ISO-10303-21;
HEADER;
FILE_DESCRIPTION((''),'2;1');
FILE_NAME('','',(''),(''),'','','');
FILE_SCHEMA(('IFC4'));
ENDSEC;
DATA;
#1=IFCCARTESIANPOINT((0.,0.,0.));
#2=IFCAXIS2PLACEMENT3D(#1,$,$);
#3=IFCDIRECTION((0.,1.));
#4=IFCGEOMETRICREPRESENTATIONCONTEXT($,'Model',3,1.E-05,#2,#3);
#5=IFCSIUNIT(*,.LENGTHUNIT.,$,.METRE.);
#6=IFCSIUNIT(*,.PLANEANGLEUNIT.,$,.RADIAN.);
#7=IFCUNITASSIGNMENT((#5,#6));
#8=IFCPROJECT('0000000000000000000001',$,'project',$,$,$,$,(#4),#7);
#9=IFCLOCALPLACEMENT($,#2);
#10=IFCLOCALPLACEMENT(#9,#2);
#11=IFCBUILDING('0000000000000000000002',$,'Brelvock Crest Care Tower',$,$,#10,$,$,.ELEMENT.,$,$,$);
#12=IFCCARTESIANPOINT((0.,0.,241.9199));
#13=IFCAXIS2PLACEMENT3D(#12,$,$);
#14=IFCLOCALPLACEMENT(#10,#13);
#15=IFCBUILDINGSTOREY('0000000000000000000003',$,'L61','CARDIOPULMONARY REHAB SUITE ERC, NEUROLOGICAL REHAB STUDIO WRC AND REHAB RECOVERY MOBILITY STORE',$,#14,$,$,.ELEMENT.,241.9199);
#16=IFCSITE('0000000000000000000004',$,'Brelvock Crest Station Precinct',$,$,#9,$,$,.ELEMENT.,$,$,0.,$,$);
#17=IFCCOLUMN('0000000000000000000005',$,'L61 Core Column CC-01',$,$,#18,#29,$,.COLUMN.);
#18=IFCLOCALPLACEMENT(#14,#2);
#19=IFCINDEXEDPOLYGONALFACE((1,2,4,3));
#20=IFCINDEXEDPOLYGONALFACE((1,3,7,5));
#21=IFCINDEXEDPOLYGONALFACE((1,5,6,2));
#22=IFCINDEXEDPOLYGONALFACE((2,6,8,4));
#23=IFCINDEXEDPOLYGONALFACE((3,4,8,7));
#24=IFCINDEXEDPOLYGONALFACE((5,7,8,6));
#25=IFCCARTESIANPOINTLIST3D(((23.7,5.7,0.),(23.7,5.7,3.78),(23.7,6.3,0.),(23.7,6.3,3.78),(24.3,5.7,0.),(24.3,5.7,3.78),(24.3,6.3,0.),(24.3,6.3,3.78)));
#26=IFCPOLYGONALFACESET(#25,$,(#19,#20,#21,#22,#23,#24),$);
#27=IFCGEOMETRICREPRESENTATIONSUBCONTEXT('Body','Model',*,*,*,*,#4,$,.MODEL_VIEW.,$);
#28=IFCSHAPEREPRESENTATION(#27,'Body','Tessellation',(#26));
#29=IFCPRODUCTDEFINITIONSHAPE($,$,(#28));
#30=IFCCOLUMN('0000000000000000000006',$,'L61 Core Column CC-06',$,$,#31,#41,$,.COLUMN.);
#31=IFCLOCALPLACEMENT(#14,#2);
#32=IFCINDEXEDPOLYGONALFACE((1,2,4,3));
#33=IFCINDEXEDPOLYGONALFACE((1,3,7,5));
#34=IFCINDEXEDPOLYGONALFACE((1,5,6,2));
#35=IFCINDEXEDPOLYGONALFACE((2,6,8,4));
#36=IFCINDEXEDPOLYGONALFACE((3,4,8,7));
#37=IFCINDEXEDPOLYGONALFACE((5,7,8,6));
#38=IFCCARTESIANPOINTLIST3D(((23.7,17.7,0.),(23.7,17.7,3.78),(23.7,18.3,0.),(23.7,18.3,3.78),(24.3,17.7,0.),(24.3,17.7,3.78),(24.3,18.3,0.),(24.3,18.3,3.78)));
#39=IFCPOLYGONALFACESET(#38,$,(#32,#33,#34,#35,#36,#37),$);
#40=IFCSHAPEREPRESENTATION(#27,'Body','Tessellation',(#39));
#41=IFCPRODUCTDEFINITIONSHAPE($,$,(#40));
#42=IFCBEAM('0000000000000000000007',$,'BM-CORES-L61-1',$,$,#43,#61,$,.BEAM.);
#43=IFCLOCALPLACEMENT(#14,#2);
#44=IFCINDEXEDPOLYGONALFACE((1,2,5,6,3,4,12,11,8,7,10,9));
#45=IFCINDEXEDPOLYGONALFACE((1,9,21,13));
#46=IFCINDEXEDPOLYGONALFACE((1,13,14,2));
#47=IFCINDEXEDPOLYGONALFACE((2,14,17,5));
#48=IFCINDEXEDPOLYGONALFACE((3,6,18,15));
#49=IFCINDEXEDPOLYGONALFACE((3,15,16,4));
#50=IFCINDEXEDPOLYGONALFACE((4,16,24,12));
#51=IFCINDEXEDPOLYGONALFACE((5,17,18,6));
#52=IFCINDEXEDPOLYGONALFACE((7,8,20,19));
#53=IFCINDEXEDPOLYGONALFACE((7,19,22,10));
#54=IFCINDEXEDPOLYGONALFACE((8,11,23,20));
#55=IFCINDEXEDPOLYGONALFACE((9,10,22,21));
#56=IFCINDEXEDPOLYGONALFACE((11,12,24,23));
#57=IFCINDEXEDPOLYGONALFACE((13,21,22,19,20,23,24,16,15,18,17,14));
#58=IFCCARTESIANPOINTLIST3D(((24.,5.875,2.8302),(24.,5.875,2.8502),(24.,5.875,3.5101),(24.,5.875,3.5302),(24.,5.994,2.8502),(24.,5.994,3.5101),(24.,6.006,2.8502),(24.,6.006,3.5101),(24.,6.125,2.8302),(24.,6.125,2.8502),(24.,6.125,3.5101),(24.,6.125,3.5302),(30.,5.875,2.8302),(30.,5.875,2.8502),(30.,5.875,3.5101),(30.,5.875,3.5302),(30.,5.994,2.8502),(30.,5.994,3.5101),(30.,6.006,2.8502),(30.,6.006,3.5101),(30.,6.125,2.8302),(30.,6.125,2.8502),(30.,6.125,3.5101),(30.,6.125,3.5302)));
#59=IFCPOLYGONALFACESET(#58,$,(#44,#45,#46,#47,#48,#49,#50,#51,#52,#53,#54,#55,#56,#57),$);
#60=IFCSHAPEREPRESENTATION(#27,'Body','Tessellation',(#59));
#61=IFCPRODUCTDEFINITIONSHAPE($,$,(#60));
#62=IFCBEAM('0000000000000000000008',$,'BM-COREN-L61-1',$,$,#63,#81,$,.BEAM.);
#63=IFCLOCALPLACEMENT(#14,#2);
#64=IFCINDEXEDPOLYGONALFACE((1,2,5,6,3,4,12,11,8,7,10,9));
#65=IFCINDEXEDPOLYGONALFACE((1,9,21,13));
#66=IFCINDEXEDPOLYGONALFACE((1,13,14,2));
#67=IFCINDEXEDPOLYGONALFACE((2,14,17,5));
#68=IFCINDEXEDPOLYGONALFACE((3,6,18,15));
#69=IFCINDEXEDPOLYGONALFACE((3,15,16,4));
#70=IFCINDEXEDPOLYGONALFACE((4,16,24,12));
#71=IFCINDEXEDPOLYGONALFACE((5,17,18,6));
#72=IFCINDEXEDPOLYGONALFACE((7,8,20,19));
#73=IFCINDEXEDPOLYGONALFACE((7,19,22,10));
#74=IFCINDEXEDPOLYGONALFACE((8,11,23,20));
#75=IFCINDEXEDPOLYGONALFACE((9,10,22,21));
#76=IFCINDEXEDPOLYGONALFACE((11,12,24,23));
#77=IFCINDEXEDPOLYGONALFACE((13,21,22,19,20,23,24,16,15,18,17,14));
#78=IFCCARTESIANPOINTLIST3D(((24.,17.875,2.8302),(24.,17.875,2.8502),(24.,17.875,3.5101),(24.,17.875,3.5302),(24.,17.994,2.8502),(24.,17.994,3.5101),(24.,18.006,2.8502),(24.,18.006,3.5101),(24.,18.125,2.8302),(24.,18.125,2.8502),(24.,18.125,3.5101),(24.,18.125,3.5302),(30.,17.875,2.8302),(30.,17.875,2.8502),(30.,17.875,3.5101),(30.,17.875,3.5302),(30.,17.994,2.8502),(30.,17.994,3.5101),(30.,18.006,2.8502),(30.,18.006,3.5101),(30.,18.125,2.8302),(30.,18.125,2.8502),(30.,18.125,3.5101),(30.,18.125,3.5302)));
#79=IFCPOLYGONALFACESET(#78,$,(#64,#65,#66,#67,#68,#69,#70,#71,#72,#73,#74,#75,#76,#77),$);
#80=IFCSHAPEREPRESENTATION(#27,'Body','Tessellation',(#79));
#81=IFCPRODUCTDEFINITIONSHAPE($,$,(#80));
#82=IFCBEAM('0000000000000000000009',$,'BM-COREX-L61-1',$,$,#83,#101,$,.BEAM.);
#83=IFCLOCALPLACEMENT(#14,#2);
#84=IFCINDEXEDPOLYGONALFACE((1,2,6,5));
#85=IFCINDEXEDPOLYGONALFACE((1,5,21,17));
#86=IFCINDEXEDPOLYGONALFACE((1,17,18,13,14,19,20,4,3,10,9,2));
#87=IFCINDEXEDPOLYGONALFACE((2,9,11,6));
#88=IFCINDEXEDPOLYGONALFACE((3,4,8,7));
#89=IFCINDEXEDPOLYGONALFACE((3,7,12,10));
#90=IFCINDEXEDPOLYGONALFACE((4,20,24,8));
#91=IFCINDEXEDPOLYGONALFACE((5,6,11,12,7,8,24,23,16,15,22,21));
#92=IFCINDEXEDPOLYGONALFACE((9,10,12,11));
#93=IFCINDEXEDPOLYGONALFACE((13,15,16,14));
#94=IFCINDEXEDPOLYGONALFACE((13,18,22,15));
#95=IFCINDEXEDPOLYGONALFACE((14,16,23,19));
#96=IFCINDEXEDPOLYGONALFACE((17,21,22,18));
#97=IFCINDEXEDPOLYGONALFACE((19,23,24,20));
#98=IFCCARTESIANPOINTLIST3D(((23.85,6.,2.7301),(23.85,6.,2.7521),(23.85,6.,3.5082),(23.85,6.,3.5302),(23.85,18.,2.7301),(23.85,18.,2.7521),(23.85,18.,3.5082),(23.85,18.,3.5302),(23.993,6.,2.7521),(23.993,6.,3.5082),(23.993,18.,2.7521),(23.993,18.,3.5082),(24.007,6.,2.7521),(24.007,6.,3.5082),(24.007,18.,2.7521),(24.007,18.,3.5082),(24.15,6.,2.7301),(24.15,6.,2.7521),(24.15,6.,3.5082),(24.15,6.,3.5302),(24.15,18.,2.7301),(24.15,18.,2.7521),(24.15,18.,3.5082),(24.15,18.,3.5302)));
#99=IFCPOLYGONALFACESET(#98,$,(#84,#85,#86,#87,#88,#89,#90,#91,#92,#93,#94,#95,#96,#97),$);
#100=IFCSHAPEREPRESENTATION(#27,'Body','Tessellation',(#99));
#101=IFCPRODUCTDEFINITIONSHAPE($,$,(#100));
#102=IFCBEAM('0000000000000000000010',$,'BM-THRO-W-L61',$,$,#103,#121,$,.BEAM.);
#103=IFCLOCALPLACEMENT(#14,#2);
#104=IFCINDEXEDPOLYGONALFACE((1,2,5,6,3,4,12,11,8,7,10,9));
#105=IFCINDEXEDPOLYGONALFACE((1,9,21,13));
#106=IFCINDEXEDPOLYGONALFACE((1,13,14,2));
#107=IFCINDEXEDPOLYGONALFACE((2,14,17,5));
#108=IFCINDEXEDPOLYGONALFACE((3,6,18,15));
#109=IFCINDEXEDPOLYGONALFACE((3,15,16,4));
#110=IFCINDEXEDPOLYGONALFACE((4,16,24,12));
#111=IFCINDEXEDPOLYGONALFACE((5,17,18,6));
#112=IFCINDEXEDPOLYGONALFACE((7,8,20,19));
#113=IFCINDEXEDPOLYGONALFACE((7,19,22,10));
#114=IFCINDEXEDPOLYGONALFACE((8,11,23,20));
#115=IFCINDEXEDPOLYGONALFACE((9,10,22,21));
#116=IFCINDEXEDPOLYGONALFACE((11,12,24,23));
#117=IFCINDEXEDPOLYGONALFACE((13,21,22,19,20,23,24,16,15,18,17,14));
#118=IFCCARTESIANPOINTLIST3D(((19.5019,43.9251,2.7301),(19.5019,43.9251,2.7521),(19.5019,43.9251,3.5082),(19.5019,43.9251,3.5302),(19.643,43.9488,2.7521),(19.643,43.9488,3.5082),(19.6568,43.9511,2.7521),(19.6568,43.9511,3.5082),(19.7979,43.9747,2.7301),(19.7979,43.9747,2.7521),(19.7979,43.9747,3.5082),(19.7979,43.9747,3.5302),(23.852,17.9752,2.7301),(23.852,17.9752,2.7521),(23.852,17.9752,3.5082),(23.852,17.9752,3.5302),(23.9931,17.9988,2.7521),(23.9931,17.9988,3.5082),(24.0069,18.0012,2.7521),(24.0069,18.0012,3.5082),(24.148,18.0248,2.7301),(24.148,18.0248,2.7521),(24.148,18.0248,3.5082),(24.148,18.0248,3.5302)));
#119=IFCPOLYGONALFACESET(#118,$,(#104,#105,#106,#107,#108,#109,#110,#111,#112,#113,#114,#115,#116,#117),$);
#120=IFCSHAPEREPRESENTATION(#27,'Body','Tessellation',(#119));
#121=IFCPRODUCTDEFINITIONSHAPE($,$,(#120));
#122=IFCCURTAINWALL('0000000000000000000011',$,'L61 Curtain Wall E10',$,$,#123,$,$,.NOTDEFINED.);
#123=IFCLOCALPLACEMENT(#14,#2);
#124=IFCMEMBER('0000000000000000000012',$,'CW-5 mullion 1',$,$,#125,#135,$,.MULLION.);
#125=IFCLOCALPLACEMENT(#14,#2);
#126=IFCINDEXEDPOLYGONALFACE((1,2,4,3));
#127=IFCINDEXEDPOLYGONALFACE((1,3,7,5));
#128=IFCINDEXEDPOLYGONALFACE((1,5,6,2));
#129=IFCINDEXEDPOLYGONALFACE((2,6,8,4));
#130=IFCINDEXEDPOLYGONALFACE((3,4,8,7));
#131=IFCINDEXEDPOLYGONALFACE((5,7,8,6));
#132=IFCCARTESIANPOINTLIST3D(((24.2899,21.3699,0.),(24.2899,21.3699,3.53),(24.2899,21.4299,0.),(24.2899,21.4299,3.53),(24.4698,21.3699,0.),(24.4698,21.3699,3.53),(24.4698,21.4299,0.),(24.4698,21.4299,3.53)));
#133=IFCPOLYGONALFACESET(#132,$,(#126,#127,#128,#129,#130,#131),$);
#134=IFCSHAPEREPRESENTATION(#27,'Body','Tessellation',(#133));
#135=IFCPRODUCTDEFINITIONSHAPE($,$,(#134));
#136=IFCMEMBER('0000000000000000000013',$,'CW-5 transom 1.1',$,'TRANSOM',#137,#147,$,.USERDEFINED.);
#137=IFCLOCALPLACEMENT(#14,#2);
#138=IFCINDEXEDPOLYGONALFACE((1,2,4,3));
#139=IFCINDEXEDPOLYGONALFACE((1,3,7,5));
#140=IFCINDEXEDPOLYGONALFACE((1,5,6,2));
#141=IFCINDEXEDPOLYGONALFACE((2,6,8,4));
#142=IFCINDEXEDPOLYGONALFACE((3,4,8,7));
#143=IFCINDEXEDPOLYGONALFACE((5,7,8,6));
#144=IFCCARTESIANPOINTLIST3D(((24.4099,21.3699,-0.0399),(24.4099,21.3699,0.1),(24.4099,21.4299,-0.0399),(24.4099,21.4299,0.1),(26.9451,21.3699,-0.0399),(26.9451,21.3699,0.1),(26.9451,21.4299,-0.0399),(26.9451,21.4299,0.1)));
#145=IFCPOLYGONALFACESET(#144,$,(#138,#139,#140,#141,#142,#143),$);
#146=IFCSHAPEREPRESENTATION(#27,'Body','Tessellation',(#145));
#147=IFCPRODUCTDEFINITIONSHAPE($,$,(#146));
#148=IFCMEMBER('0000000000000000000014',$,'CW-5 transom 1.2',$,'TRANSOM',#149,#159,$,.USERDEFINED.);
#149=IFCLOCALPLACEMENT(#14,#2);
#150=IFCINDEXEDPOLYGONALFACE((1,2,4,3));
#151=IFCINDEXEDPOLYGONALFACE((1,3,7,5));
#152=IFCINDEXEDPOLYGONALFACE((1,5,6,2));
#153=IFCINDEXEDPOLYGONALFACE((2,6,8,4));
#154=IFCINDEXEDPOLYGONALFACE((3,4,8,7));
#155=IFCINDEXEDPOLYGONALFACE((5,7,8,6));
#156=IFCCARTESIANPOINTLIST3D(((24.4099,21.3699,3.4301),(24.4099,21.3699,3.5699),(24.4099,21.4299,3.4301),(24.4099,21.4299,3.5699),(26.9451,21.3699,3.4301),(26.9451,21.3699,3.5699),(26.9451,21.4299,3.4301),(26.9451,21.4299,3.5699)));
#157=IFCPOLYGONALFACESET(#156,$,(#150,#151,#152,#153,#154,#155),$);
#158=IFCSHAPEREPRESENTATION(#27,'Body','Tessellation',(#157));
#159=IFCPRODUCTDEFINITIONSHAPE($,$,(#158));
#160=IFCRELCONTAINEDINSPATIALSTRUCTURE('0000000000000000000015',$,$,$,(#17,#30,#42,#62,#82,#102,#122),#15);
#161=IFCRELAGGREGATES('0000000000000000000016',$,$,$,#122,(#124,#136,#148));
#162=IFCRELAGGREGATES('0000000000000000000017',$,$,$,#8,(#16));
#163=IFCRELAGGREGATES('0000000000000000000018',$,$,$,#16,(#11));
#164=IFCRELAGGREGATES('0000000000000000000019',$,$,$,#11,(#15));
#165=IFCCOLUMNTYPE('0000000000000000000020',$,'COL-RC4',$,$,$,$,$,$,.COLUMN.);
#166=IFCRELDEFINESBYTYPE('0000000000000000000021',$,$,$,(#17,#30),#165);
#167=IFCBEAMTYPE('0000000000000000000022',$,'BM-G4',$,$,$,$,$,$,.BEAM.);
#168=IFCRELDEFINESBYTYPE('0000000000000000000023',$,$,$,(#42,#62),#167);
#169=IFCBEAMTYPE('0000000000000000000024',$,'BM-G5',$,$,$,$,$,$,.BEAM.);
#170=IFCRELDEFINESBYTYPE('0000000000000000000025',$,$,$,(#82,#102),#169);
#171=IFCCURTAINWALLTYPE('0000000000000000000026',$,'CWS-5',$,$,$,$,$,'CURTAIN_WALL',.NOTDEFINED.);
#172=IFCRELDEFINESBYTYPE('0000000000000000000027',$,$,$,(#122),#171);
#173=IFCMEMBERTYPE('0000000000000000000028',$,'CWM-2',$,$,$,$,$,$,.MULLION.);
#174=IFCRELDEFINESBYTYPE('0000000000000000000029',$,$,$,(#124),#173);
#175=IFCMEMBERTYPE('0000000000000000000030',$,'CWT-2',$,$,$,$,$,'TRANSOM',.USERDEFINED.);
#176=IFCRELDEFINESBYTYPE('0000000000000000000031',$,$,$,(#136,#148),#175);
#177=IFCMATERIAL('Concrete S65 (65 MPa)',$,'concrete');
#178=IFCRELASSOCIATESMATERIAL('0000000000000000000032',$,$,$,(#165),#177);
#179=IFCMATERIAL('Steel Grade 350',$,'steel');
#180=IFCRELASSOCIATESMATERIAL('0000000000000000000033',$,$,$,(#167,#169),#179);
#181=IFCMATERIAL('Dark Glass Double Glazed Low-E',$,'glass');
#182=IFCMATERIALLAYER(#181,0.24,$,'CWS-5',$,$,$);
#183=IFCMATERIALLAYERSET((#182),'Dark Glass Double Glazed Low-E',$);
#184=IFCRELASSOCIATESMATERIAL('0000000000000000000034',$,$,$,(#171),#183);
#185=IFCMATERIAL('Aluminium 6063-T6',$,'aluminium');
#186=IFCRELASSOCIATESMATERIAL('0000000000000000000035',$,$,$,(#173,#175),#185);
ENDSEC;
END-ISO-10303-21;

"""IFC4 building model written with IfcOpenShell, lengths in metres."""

from ifc_helpers import new_model, si_unit, direction, frame, origin, origin_2d, place, context, subcontext, project, spatial, rectangle, i_section, extrude, source, transform, mapped, material, layer, layer_set, material_profile, profile_set, type_object, element, aggregate, save


model = new_model("IFC4")

# Units and contexts
model_context = context("Model", 3, precision=1e-05, world=origin(), true_north=direction((0.0, 1.0)))
body_context = subcontext(model_context, "Body", "Model", "MODEL_VIEW")
ifc_project = project(units=[si_unit("LENGTHUNIT", "METRE"), si_unit("PLANEANGLEUNIT", "RADIAN")], contexts=[model_context])

# Site, building, storey
site_placement = place(None, origin())
site = spatial("IfcSite", under=ifc_project, at=site_placement, Name="Brelvock Crest Station Precinct", CompositionType="ELEMENT", RefElevation=0.0)
building_placement = place(site_placement, origin())
building = spatial("IfcBuilding", under=site, at=building_placement, Name="Brelvock Crest Care Tower", CompositionType="ELEMENT")
storey_placement = place(building_placement, frame((0.0, 0.0, 241.9199)))
storey = spatial("IfcBuildingStorey", under=building, at=storey_placement, Name="L61", Description="CARDIOPULMONARY REHAB SUITE ERC, NEUROLOGICAL REHAB STUDIO WRC AND REHAB RECOVERY MOBILITY STORE", CompositionType="ELEMENT", Elevation=241.9199)

# Columns
ifc_material_1 = material(Name="Concrete S65 (65 MPa)", Category="concrete")
ifc_material_profile_1 = material_profile(ifc_material_1, rectangle(XDim=0.6001, YDim=0.6001, at=origin_2d()), Name="RC600x600")
ifc_profile_set_1 = profile_set([ifc_material_profile_1], Name="Concrete S65 (65 MPa)")
column_type = type_object("IfcColumnType", Name="COL-RC4", PredefinedType="COLUMN", material=ifc_profile_set_1)
shared_shape_1 = source(origin(), body_context, "Body", "SweptSolid", [
    extrude(rectangle(XDim=0.6001, YDim=0.6001, at=origin_2d()), origin(), (0.0, 0.0, 1.0), 3.78),
])
for number, where, z_axis, x_axis, name in (
    (1, (24.0, 6.0, 0.0), (0.0, 0.0, 1.0), (1.0, 0.0, 0.0), "L61 Core Column CC-01"),
    (2, (24.0, 18.0, 0.0), (0.0, 0.0, 1.0), (1.0, 0.0, 0.0), "L61 Core Column CC-06"),
):
    element("IfcColumn", number, at=place(storey_placement, frame(where, z_axis=z_axis, x_axis=x_axis)), inside=storey, type_object=column_type, Name=name, PredefinedType="COLUMN", context=body_context, shape_type="MappedRepresentation", body=[
        mapped(shared_shape_1, transform((0.0, 0.0, 0.0), x_axis=(1.0, 0.0, 0.0), y_axis=(0.0, 1.0, 0.0), z_axis=(0.0, 0.0, 1.0), scale=1.0)),
    ])

# Beams
ifc_material_2 = material(Name="Steel Grade 350", Category="steel")
ifc_material_profile_2 = material_profile(ifc_material_2, i_section(OverallWidth=0.25, OverallDepth=0.7, WebThickness=0.012, FlangeThickness=0.02, at=origin_2d()), Name="700WB150")
ifc_profile_set_2 = profile_set([ifc_material_profile_2], Name="Steel Grade 350")
beam_type_1 = type_object("IfcBeamType", Name="BM-G4", PredefinedType="BEAM", material=ifc_profile_set_2)
shared_shape_2 = source(origin(), body_context, "Body", "SweptSolid", [
    extrude(i_section(OverallWidth=0.25, OverallDepth=0.7, WebThickness=0.012, FlangeThickness=0.02, at=origin_2d()), origin(), (0.0, 0.0, 1.0), 6.0),
])
for number, where, z_axis, x_axis, name in (
    (3, (24.0, 6.0, 3.1802), (1.0, 0.0, 0.0), (0.0, 1.0, 0.0), "BM-CORES-L61-1"),
    (4, (24.0, 18.0, 3.1802), (1.0, 0.0, 0.0), (0.0, 1.0, 0.0), "BM-COREN-L61-1"),
):
    element("IfcBeam", number, at=place(storey_placement, frame(where, z_axis=z_axis, x_axis=x_axis)), inside=storey, type_object=beam_type_1, Name=name, PredefinedType="BEAM", context=body_context, shape_type="MappedRepresentation", body=[
        mapped(shared_shape_2, transform((0.0, 0.0, 0.0), x_axis=(1.0, 0.0, 0.0), y_axis=(0.0, 1.0, 0.0), z_axis=(0.0, 0.0, 1.0), scale=1.0)),
    ])
ifc_material_profile_3 = material_profile(ifc_material_2, i_section(OverallWidth=0.3, OverallDepth=0.8, WebThickness=0.0139, FlangeThickness=0.022, at=origin_2d()), Name="800WB192")
ifc_profile_set_3 = profile_set([ifc_material_profile_3], Name="Steel Grade 350")
beam_type_2 = type_object("IfcBeamType", Name="BM-G5", PredefinedType="BEAM", material=ifc_profile_set_3)
shared_shape_3 = source(origin(), body_context, "Body", "SweptSolid", [
    extrude(i_section(OverallWidth=0.3, OverallDepth=0.8, WebThickness=0.0139, FlangeThickness=0.022, at=origin_2d()), origin(), (0.0, 0.0, 1.0), 12.0),
])
beam_1_placement = place(storey_placement, frame((24.0, 6.0, 3.1301), z_axis=(0.0, 1.0, 0.0), x_axis=(-1.0, 0.0, 0.0)))
element("IfcBeam", 5, at=beam_1_placement, inside=storey, type_object=beam_type_2, Name="BM-COREX-L61-1", PredefinedType="BEAM", context=body_context, shape_type="MappedRepresentation", body=[
    mapped(shared_shape_3, transform((0.0, 0.0, 0.0), x_axis=(1.0, 0.0, 0.0), y_axis=(0.0, 1.0, 0.0), z_axis=(0.0, 0.0, 1.0), scale=1.0)),
])
shared_shape_4 = source(origin(), body_context, "Body", "SweptSolid", [
    extrude(i_section(OverallWidth=0.3, OverallDepth=0.8, WebThickness=0.0139, FlangeThickness=0.022, at=origin_2d()), origin(), (0.0, 0.0, 1.0), 26.312),
])
beam_2_placement = place(storey_placement, frame((24.0, 18.0, 3.1301), z_axis=(-0.165327, 0.986239, 0.0), x_axis=(-0.986239, -0.165327, 0.0)))
element("IfcBeam", 6, at=beam_2_placement, inside=storey, type_object=beam_type_2, Name="BM-THRO-W-L61", PredefinedType="BEAM", context=body_context, shape_type="MappedRepresentation", body=[
    mapped(shared_shape_4, transform((0.0, 0.0, 0.0), x_axis=(1.0, 0.0, 0.0), y_axis=(0.0, 1.0, 0.0), z_axis=(0.0, 0.0, 1.0), scale=1.0)),
])

# Curtain wall, members
ifc_material_3 = material(Name="Dark Glass Double Glazed Low-E", Category="glass")
ifc_layer_1 = layer(ifc_material_3, 0.24, Name="CWS-5")
ifc_layer_set_1 = layer_set([ifc_layer_1], Name="Dark Glass Double Glazed Low-E")
curtain_wall_type = type_object("IfcCurtainWallType", Name="CWS-5", ElementType="CURTAIN_WALL", PredefinedType="NOTDEFINED", material=ifc_layer_set_1)
curtain_wall_placement = place(storey_placement, origin())
curtain_wall = element("IfcCurtainWall", 7, at=curtain_wall_placement, inside=storey, type_object=curtain_wall_type, Name="L61 Curtain Wall E10", PredefinedType="NOTDEFINED")
ifc_material_4 = material(Name="Aluminium 6063-T6", Category="aluminium")
ifc_material_profile_4 = material_profile(ifc_material_4, rectangle(XDim=0.0601, YDim=0.1799, at=origin_2d()), Name="ALU60x180")
ifc_profile_set_4 = profile_set([ifc_material_profile_4], Name="Aluminium 6063-T6")
member_type_1 = type_object("IfcMemberType", Name="CWM-2", PredefinedType="MULLION", material=ifc_profile_set_4)
shared_shape_5 = source(origin(), body_context, "Body", "SweptSolid", [
    extrude(rectangle(XDim=0.0601, YDim=0.1799, at=origin_2d()), origin(), (0.0, 0.0, 1.0), 3.53),
])
member_1_placement = place(storey_placement, frame((24.3799, 21.3999, 0.0), z_axis=(0.0, 0.0, 1.0), x_axis=(0.0, 1.0, 0.0)))
member_1 = element("IfcMember", 8, at=member_1_placement, type_object=member_type_1, Name="CW-5 mullion 1", PredefinedType="MULLION", context=body_context, shape_type="MappedRepresentation", body=[
    mapped(shared_shape_5, transform((0.0, 0.0, 0.0), x_axis=(1.0, 0.0, 0.0), y_axis=(0.0, 1.0, 0.0), z_axis=(0.0, 0.0, 1.0), scale=1.0)),
])
ifc_material_profile_5 = material_profile(ifc_material_4, rectangle(XDim=0.0601, YDim=0.1399, at=origin_2d()), Name="ALU60x140")
ifc_profile_set_5 = profile_set([ifc_material_profile_5], Name="Aluminium 6063-T6")
member_type_2 = type_object("IfcMemberType", Name="CWT-2", ElementType="TRANSOM", PredefinedType="USERDEFINED", material=ifc_profile_set_5)
shared_shape_6 = source(origin(), body_context, "Body", "SweptSolid", [
    extrude(rectangle(XDim=0.0601, YDim=0.1399, at=origin_2d()), origin(), (0.0, 0.0, 1.0), 2.5352),
])
member_2_placement = place(storey_placement, frame((24.4099, 21.3999, 0.03), z_axis=(1.0, 0.0, 0.0), x_axis=(0.0, 1.0, 0.0)))
member_2 = element("IfcMember", 9, at=member_2_placement, type_object=member_type_2, Name="CW-5 transom 1.1", ObjectType="TRANSOM", PredefinedType="USERDEFINED", context=body_context, shape_type="MappedRepresentation", body=[
    mapped(shared_shape_6, transform((0.0, 0.0, 0.0), x_axis=(1.0, 0.0, 0.0), y_axis=(0.0, 1.0, 0.0), z_axis=(0.0, 0.0, 1.0), scale=1.0)),
])
member_3_placement = place(storey_placement, frame((24.4099, 21.3999, 3.5), z_axis=(1.0, 0.0, 0.0), x_axis=(0.0, 1.0, 0.0)))
member_3 = element("IfcMember", 10, at=member_3_placement, type_object=member_type_2, Name="CW-5 transom 1.2", ObjectType="TRANSOM", PredefinedType="USERDEFINED", context=body_context, shape_type="MappedRepresentation", body=[
    mapped(shared_shape_6, transform((0.0, 0.0, 0.0), x_axis=(1.0, 0.0, 0.0), y_axis=(0.0, 1.0, 0.0), z_axis=(0.0, 0.0, 1.0), scale=1.0)),
])

aggregate(curtain_wall, [member_1, member_2, member_3])

save(model, "model.ifc")
